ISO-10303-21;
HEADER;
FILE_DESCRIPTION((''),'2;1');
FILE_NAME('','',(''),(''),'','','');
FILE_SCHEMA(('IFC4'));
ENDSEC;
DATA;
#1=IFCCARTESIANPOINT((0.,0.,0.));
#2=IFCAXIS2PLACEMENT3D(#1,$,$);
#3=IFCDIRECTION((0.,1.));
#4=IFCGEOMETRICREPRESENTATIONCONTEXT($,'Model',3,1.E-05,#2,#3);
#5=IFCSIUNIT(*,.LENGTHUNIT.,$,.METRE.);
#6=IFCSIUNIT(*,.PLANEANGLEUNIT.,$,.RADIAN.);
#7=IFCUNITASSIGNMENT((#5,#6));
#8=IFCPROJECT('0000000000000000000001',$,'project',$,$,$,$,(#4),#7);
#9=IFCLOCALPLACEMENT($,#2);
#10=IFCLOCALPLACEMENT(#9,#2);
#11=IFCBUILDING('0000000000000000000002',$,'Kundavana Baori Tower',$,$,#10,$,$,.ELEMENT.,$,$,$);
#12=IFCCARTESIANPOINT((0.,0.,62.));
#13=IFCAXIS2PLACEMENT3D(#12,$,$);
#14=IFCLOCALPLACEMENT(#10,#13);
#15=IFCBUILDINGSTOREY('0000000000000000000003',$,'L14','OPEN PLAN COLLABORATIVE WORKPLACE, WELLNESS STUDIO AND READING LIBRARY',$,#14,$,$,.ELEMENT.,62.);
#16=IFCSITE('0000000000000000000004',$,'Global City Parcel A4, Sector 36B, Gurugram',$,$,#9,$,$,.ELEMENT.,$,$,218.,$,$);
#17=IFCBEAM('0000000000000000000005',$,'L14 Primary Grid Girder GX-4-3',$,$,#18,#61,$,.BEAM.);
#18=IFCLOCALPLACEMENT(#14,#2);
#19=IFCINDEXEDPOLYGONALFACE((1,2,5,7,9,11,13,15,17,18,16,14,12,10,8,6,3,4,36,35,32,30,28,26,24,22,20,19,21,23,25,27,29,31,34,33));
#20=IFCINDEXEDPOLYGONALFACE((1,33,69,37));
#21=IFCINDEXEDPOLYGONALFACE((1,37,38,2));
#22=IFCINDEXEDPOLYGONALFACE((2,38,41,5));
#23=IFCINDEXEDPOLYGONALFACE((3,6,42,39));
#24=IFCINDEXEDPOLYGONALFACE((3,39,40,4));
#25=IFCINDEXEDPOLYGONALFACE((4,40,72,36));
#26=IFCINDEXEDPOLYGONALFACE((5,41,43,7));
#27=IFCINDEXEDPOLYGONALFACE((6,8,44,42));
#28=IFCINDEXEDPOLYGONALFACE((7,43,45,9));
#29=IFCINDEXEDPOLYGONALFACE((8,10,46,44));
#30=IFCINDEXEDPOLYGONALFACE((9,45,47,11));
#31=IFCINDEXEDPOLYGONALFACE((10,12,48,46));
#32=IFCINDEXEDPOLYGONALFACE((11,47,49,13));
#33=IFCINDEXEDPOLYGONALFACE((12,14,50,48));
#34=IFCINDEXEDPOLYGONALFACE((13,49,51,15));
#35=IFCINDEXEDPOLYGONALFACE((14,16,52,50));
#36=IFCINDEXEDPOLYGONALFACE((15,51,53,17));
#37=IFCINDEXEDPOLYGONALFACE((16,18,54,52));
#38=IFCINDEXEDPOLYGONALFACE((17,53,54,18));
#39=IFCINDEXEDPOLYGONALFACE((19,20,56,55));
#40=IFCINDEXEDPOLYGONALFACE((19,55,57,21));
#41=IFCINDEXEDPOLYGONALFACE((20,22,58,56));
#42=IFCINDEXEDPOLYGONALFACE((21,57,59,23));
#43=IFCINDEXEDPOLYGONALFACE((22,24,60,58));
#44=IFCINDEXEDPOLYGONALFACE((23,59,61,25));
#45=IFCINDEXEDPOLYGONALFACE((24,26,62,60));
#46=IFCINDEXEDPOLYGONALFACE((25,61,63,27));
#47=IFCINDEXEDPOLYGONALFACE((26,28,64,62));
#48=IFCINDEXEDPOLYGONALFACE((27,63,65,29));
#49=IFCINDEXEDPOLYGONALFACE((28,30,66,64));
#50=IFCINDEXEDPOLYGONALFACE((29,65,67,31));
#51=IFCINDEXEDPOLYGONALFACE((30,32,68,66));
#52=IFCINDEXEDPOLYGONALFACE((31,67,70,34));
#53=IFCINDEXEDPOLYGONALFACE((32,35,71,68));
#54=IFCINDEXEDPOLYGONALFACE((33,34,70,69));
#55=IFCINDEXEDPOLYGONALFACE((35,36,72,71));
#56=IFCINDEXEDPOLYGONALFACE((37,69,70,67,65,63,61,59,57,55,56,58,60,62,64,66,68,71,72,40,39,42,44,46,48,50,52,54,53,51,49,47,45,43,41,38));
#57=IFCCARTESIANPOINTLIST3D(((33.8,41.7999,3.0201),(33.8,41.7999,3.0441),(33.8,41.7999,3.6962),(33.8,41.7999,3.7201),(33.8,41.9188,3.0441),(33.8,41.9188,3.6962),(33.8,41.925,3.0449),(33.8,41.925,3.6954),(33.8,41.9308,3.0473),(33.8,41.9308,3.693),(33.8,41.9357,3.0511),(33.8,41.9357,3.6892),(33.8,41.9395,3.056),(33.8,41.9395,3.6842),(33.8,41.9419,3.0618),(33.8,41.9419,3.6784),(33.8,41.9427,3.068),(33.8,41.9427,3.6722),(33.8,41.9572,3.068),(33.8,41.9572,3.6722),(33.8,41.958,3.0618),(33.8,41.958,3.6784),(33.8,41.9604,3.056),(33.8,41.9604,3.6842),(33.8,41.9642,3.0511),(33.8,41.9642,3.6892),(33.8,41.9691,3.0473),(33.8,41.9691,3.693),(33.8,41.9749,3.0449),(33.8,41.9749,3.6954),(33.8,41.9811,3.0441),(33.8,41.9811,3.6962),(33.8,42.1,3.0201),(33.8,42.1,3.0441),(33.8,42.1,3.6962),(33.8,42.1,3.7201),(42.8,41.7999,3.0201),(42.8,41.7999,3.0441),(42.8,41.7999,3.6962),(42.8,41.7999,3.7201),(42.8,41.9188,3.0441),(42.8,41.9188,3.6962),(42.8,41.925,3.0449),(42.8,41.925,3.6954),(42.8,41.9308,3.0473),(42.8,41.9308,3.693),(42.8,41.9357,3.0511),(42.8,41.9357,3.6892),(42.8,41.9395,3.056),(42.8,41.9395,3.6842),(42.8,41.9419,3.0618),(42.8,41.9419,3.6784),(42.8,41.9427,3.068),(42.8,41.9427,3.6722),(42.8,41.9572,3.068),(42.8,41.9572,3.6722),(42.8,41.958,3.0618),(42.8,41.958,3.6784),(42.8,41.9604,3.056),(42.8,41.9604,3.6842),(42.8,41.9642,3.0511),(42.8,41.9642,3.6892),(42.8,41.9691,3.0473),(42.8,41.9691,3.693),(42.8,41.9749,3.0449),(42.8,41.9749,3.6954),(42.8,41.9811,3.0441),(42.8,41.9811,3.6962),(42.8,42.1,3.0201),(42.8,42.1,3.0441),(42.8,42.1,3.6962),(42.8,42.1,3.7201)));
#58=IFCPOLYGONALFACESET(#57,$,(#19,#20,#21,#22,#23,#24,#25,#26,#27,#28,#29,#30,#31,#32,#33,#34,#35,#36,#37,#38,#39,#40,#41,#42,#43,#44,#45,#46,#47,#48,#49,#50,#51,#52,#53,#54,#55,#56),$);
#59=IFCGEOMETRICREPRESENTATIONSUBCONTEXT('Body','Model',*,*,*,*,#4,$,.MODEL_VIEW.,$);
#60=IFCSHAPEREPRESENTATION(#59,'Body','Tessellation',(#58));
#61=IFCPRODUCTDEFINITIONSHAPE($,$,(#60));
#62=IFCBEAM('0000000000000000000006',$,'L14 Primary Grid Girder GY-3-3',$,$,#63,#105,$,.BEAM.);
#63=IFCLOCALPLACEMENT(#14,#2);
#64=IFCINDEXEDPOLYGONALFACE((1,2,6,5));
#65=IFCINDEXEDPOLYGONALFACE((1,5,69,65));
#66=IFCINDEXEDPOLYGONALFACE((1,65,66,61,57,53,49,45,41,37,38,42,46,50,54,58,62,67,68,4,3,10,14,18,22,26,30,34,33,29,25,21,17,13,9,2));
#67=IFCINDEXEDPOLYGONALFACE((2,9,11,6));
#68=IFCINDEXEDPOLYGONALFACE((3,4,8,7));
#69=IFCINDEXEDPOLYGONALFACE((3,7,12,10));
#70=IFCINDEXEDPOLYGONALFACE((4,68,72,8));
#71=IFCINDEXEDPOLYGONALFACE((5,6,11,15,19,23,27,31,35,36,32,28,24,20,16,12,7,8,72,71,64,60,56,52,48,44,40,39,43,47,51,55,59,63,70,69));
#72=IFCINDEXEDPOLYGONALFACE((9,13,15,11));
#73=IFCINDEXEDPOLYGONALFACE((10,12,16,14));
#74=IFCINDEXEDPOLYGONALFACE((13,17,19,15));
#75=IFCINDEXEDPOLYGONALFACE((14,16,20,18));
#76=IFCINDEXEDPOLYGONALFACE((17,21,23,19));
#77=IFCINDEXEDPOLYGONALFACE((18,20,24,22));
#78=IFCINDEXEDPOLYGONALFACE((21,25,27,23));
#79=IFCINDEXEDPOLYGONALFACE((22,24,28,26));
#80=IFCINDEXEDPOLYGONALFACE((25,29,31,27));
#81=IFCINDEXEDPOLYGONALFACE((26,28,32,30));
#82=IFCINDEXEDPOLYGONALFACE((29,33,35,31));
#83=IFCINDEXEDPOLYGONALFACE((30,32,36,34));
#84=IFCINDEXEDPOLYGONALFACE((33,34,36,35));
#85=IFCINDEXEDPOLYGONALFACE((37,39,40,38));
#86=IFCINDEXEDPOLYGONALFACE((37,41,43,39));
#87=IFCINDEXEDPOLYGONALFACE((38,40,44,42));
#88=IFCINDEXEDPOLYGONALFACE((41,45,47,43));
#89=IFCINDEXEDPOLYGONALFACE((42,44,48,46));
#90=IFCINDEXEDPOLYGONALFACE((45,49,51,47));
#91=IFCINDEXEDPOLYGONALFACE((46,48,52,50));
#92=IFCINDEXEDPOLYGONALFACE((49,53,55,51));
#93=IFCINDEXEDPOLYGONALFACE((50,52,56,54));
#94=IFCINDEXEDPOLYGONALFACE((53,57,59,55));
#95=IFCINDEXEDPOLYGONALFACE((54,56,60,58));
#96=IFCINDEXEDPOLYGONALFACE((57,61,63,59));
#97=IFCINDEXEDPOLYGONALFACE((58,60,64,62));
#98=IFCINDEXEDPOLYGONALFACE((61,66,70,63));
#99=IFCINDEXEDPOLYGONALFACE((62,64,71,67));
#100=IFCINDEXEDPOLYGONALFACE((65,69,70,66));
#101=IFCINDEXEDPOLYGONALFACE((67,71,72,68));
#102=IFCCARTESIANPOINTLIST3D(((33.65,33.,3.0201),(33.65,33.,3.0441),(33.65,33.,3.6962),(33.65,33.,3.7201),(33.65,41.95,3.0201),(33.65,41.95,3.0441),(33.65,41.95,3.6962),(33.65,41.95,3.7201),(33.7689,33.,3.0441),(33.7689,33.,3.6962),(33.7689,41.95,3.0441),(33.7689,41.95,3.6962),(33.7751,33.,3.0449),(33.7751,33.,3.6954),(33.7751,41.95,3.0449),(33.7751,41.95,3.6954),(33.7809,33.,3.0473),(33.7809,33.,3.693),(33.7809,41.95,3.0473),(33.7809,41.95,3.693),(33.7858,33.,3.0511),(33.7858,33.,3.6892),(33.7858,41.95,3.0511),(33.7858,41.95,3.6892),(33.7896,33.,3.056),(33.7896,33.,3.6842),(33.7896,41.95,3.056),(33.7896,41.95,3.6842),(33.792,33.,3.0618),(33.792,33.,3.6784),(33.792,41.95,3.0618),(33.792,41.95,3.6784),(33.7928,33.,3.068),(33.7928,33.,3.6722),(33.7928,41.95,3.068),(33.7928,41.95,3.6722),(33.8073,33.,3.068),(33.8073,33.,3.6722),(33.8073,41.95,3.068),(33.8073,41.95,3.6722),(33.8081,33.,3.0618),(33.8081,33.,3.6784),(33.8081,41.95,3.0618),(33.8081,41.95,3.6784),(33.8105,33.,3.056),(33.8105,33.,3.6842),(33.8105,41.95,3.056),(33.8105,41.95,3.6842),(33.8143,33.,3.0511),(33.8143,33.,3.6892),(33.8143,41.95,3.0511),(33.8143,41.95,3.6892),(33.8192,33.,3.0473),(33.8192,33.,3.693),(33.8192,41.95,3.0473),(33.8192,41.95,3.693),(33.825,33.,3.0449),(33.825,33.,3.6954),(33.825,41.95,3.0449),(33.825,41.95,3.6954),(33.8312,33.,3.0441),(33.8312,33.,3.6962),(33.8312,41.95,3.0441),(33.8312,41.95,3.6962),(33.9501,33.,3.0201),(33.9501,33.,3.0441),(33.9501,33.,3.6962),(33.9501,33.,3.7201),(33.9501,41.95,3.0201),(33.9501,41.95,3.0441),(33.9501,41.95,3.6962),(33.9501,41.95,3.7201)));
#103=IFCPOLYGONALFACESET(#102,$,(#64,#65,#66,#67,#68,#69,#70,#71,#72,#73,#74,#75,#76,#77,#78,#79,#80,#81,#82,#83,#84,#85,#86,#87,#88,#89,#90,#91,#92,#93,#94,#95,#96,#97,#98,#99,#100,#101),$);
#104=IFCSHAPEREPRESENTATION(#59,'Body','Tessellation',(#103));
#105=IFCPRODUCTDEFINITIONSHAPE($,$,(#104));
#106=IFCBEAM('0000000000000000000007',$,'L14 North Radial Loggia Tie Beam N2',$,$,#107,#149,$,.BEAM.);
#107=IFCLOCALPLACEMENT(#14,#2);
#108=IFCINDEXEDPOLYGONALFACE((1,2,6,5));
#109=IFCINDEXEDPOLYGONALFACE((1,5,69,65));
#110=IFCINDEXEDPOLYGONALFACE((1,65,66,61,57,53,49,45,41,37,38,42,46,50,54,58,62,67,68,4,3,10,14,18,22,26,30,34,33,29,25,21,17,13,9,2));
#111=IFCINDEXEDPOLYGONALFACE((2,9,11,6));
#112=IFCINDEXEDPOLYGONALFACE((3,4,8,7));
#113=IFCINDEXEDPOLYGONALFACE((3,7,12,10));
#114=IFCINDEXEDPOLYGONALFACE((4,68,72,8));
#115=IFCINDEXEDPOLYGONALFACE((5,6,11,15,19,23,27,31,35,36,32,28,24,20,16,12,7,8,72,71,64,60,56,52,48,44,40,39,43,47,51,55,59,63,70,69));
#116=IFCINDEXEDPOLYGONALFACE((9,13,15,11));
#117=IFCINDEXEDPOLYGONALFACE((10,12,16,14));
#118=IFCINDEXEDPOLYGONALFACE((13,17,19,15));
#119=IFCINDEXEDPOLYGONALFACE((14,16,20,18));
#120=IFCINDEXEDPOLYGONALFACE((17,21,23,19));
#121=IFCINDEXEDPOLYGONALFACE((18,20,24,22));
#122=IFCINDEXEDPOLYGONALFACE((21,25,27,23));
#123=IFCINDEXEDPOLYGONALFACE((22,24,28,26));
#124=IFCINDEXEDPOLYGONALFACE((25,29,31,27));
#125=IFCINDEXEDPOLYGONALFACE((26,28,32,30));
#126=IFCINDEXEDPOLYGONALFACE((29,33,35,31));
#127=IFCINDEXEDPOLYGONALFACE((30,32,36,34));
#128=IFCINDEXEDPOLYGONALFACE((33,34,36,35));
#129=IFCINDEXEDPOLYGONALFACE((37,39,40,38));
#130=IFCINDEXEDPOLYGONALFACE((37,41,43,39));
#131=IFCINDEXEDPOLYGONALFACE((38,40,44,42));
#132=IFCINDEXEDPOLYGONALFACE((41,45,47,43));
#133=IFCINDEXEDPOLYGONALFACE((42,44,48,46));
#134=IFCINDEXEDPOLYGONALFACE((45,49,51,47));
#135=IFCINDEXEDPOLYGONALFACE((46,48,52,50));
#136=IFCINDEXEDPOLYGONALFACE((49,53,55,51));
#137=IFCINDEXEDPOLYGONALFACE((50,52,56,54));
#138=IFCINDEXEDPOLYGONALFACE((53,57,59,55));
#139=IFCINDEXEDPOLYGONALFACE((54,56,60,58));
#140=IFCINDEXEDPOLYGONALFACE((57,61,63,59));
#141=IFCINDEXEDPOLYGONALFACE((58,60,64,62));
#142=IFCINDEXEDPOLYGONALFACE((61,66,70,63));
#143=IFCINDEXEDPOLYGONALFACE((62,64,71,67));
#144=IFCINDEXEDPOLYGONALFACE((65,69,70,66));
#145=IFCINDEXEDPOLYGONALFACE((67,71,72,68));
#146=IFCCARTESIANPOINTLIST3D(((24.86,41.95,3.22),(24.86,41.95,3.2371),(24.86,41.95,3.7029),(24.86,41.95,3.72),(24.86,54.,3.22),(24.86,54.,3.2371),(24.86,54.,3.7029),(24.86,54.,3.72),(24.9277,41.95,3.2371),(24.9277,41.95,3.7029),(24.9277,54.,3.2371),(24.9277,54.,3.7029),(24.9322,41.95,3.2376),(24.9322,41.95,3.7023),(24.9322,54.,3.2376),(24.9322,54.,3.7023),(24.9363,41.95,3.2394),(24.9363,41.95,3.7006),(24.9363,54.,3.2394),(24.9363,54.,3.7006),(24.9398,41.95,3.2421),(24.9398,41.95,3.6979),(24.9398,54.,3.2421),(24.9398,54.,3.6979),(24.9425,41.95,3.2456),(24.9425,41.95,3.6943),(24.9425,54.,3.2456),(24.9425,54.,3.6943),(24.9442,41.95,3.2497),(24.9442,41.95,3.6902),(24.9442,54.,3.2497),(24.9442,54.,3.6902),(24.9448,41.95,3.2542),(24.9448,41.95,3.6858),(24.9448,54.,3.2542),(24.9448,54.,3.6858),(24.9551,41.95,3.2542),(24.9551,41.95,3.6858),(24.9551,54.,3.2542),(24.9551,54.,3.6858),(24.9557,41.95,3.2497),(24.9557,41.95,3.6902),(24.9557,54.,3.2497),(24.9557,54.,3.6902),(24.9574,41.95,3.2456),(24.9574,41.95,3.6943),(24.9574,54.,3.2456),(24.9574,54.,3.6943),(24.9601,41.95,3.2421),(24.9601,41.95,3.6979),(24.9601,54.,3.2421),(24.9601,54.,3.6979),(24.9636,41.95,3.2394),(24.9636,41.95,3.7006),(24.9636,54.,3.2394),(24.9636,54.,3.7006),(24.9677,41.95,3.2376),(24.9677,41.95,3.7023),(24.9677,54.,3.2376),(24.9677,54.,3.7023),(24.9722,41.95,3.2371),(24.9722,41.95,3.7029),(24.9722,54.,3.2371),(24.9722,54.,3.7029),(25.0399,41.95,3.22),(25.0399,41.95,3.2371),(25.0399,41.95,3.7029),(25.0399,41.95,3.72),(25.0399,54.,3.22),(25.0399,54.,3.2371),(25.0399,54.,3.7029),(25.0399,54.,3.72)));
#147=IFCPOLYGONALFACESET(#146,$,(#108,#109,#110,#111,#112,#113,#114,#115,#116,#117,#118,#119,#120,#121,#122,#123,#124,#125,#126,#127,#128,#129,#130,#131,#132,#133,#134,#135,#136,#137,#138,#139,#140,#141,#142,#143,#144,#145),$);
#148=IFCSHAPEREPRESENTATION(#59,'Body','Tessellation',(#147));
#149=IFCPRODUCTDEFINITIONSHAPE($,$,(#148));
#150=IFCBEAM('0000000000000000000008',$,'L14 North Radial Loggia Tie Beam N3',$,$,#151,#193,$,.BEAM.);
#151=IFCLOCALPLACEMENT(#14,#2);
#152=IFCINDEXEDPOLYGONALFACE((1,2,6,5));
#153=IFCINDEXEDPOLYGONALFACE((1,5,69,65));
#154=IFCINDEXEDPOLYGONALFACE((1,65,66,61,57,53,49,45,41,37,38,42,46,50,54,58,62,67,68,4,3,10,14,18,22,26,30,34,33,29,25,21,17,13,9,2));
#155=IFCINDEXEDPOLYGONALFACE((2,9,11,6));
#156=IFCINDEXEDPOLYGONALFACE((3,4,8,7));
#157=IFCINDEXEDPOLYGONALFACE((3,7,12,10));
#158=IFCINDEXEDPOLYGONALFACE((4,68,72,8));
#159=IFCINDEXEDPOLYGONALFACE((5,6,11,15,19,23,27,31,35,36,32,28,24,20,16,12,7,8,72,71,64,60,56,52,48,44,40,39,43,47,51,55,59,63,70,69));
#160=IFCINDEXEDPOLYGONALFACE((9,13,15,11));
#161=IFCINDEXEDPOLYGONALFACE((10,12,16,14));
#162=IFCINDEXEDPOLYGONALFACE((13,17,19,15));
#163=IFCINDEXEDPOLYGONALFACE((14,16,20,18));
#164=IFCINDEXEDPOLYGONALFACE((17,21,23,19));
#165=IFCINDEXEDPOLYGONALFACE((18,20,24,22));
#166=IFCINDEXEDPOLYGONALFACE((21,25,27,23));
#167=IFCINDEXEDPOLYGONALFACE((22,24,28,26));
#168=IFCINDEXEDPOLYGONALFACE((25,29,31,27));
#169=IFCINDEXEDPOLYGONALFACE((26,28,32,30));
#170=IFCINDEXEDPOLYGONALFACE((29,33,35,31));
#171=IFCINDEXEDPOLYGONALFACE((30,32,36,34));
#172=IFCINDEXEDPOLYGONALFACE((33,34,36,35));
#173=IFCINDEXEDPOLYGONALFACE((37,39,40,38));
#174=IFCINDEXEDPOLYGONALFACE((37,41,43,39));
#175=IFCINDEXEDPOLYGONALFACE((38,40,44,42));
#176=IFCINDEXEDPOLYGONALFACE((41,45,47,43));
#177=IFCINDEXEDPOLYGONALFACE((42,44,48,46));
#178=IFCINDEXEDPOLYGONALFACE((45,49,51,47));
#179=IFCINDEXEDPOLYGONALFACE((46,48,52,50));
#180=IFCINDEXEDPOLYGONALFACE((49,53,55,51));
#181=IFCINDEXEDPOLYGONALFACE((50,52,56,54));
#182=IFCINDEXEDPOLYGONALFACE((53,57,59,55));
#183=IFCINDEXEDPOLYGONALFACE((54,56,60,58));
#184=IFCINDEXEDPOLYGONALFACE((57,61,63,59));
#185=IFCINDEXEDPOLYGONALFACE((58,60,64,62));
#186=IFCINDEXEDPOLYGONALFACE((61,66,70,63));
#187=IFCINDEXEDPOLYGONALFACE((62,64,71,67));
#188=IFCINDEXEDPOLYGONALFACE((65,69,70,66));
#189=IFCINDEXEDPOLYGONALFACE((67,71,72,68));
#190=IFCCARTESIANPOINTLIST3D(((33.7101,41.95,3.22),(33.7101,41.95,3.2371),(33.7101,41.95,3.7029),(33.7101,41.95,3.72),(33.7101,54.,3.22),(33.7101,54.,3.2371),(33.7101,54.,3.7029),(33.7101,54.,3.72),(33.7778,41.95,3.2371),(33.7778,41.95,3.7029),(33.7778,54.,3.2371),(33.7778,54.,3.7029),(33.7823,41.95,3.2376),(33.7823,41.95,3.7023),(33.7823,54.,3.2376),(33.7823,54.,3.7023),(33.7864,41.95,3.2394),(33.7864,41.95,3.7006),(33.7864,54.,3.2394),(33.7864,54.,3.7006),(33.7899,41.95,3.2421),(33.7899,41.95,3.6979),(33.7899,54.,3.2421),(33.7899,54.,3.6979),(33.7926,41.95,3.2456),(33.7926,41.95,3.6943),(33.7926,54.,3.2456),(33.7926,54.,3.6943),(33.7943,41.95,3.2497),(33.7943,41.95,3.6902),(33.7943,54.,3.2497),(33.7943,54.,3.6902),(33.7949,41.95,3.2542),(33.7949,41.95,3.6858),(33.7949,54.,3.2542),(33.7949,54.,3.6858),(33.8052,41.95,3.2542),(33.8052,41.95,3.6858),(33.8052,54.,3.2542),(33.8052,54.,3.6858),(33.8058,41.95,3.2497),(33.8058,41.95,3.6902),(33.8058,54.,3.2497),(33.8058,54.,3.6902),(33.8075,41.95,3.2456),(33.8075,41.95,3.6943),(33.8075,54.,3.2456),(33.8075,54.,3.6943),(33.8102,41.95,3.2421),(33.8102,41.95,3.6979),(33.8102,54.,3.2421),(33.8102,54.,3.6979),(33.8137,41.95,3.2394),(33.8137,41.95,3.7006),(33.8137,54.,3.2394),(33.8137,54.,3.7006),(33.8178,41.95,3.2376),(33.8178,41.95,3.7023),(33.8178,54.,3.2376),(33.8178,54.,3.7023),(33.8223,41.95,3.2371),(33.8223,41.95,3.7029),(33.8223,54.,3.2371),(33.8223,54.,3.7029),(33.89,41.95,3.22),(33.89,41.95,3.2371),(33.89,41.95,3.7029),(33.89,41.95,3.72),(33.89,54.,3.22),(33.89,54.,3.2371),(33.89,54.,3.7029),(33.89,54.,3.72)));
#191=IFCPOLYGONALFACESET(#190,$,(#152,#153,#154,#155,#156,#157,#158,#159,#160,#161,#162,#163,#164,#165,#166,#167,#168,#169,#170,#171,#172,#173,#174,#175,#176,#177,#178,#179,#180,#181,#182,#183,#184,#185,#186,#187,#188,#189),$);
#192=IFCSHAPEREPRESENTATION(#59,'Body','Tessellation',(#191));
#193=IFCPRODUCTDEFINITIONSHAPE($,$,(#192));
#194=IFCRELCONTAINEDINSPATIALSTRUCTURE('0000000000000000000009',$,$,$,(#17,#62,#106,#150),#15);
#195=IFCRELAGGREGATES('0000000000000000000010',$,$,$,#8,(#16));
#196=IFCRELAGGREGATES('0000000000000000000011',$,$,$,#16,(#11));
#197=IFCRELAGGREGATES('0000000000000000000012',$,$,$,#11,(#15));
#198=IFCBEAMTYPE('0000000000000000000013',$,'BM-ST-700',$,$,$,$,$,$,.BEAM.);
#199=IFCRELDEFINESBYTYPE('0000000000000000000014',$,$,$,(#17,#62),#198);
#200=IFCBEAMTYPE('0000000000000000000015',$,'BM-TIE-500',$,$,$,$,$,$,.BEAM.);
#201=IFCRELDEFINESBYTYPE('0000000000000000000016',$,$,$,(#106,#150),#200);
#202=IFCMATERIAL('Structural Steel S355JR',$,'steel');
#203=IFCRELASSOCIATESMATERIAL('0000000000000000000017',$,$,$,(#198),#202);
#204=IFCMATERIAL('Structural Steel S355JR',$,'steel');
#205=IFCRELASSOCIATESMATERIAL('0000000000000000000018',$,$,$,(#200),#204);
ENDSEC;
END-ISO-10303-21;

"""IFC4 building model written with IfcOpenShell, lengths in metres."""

from ifc_helpers import new_model, si_unit, direction, frame, origin, origin_2d, place, context, subcontext, project, spatial, i_section, extrude, material, material_profile, profile_set, type_object, element, save


model = new_model("IFC4")

# Units and contexts
model_context = context("Model", 3, precision=1e-05, world=origin(), true_north=direction((0.0, 1.0)))
body_context = subcontext(model_context, "Body", "Model", "MODEL_VIEW")
ifc_project = project(units=[si_unit("LENGTHUNIT", "METRE"), si_unit("PLANEANGLEUNIT", "RADIAN")], contexts=[model_context])

# Site, building, storey
site_placement = place(None, origin())
site = spatial("IfcSite", under=ifc_project, at=site_placement, Name="Global City Parcel A4, Sector 36B, Gurugram", CompositionType="ELEMENT", RefElevation=218.0)
building_placement = place(site_placement, origin())
building = spatial("IfcBuilding", under=site, at=building_placement, Name="Kundavana Baori Tower", CompositionType="ELEMENT")
storey_placement = place(building_placement, frame((0.0, 0.0, 62.0)))
storey = spatial("IfcBuildingStorey", under=building, at=storey_placement, Name="L14", Description="OPEN PLAN COLLABORATIVE WORKPLACE, WELLNESS STUDIO AND READING LIBRARY", CompositionType="ELEMENT", Elevation=62.0)

# Beams
ifc_material_1 = material(Name="Structural Steel S355JR", Category="steel")
ifc_material_profile_1 = material_profile(ifc_material_1, i_section(OverallWidth=0.3, OverallDepth=0.7, WebThickness=0.0144, FlangeThickness=0.0239, FilletRadius=0.0239, at=origin_2d()), Name="NPB 700x300x170")
ifc_profile_set_1 = profile_set([ifc_material_profile_1], Name="Structural Steel S355JR")
beam_type_1 = type_object("IfcBeamType", Name="BM-ST-700", PredefinedType="BEAM", material=ifc_profile_set_1)
beam_1_placement = place(storey_placement, frame((33.8, 41.95, 3.3701), z_axis=(1.0, 0.0, 0.0), x_axis=(0.0, 1.0, 0.0)))
element("IfcBeam", 1, at=beam_1_placement, inside=storey, type_object=beam_type_1, Name="L14 Primary Grid Girder GX-4-3", PredefinedType="BEAM", context=body_context, shape_type="SweptSolid", body=[
    extrude(i_section(OverallWidth=0.3, OverallDepth=0.7, WebThickness=0.0144, FlangeThickness=0.0239, FilletRadius=0.0239, at=origin_2d()), origin(), (0.0, 0.0, 1.0), 9.0),
])
beam_2_placement = place(storey_placement, frame((33.8, 33.0, 3.3701), z_axis=(0.0, 1.0, 0.0), x_axis=(-1.0, 0.0, 0.0)))
element("IfcBeam", 2, at=beam_2_placement, inside=storey, type_object=beam_type_1, Name="L14 Primary Grid Girder GY-3-3", PredefinedType="BEAM", context=body_context, shape_type="SweptSolid", body=[
    extrude(i_section(OverallWidth=0.3, OverallDepth=0.7, WebThickness=0.0144, FlangeThickness=0.0239, FilletRadius=0.0239, at=origin_2d()), origin(), (0.0, 0.0, 1.0), 8.95),
])
ifc_material_2 = material(Name="Structural Steel S355JR", Category="steel")
ifc_material_profile_2 = material_profile(ifc_material_2, i_section(OverallWidth=0.1799, OverallDepth=0.5, WebThickness=0.0103, FlangeThickness=0.0171, FilletRadius=0.0171, at=origin_2d()), Name="ISMB 500")
ifc_profile_set_2 = profile_set([ifc_material_profile_2], Name="Structural Steel S355JR")
beam_type_2 = type_object("IfcBeamType", Name="BM-TIE-500", PredefinedType="BEAM", material=ifc_profile_set_2)
for number, where, z_axis, x_axis, name in (
    (3, (24.95, 41.95, 3.47), (0.0, 1.0, 0.0), (-1.0, 0.0, 0.0), "L14 North Radial Loggia Tie Beam N2"),
    (4, (33.8, 41.95, 3.47), (0.0, 1.0, 0.0), (-1.0, 0.0, 0.0), "L14 North Radial Loggia Tie Beam N3"),
):
    element("IfcBeam", number, at=place(storey_placement, frame(where, z_axis=z_axis, x_axis=x_axis)), inside=storey, type_object=beam_type_2, Name=name, PredefinedType="BEAM", context=body_context, shape_type="SweptSolid", body=[
        extrude(i_section(OverallWidth=0.1799, OverallDepth=0.5, WebThickness=0.0103, FlangeThickness=0.0171, FilletRadius=0.0171, at=origin_2d()), origin(), (0.0, 0.0, 1.0), 12.05),
    ])

save(model, "model.ifc")
